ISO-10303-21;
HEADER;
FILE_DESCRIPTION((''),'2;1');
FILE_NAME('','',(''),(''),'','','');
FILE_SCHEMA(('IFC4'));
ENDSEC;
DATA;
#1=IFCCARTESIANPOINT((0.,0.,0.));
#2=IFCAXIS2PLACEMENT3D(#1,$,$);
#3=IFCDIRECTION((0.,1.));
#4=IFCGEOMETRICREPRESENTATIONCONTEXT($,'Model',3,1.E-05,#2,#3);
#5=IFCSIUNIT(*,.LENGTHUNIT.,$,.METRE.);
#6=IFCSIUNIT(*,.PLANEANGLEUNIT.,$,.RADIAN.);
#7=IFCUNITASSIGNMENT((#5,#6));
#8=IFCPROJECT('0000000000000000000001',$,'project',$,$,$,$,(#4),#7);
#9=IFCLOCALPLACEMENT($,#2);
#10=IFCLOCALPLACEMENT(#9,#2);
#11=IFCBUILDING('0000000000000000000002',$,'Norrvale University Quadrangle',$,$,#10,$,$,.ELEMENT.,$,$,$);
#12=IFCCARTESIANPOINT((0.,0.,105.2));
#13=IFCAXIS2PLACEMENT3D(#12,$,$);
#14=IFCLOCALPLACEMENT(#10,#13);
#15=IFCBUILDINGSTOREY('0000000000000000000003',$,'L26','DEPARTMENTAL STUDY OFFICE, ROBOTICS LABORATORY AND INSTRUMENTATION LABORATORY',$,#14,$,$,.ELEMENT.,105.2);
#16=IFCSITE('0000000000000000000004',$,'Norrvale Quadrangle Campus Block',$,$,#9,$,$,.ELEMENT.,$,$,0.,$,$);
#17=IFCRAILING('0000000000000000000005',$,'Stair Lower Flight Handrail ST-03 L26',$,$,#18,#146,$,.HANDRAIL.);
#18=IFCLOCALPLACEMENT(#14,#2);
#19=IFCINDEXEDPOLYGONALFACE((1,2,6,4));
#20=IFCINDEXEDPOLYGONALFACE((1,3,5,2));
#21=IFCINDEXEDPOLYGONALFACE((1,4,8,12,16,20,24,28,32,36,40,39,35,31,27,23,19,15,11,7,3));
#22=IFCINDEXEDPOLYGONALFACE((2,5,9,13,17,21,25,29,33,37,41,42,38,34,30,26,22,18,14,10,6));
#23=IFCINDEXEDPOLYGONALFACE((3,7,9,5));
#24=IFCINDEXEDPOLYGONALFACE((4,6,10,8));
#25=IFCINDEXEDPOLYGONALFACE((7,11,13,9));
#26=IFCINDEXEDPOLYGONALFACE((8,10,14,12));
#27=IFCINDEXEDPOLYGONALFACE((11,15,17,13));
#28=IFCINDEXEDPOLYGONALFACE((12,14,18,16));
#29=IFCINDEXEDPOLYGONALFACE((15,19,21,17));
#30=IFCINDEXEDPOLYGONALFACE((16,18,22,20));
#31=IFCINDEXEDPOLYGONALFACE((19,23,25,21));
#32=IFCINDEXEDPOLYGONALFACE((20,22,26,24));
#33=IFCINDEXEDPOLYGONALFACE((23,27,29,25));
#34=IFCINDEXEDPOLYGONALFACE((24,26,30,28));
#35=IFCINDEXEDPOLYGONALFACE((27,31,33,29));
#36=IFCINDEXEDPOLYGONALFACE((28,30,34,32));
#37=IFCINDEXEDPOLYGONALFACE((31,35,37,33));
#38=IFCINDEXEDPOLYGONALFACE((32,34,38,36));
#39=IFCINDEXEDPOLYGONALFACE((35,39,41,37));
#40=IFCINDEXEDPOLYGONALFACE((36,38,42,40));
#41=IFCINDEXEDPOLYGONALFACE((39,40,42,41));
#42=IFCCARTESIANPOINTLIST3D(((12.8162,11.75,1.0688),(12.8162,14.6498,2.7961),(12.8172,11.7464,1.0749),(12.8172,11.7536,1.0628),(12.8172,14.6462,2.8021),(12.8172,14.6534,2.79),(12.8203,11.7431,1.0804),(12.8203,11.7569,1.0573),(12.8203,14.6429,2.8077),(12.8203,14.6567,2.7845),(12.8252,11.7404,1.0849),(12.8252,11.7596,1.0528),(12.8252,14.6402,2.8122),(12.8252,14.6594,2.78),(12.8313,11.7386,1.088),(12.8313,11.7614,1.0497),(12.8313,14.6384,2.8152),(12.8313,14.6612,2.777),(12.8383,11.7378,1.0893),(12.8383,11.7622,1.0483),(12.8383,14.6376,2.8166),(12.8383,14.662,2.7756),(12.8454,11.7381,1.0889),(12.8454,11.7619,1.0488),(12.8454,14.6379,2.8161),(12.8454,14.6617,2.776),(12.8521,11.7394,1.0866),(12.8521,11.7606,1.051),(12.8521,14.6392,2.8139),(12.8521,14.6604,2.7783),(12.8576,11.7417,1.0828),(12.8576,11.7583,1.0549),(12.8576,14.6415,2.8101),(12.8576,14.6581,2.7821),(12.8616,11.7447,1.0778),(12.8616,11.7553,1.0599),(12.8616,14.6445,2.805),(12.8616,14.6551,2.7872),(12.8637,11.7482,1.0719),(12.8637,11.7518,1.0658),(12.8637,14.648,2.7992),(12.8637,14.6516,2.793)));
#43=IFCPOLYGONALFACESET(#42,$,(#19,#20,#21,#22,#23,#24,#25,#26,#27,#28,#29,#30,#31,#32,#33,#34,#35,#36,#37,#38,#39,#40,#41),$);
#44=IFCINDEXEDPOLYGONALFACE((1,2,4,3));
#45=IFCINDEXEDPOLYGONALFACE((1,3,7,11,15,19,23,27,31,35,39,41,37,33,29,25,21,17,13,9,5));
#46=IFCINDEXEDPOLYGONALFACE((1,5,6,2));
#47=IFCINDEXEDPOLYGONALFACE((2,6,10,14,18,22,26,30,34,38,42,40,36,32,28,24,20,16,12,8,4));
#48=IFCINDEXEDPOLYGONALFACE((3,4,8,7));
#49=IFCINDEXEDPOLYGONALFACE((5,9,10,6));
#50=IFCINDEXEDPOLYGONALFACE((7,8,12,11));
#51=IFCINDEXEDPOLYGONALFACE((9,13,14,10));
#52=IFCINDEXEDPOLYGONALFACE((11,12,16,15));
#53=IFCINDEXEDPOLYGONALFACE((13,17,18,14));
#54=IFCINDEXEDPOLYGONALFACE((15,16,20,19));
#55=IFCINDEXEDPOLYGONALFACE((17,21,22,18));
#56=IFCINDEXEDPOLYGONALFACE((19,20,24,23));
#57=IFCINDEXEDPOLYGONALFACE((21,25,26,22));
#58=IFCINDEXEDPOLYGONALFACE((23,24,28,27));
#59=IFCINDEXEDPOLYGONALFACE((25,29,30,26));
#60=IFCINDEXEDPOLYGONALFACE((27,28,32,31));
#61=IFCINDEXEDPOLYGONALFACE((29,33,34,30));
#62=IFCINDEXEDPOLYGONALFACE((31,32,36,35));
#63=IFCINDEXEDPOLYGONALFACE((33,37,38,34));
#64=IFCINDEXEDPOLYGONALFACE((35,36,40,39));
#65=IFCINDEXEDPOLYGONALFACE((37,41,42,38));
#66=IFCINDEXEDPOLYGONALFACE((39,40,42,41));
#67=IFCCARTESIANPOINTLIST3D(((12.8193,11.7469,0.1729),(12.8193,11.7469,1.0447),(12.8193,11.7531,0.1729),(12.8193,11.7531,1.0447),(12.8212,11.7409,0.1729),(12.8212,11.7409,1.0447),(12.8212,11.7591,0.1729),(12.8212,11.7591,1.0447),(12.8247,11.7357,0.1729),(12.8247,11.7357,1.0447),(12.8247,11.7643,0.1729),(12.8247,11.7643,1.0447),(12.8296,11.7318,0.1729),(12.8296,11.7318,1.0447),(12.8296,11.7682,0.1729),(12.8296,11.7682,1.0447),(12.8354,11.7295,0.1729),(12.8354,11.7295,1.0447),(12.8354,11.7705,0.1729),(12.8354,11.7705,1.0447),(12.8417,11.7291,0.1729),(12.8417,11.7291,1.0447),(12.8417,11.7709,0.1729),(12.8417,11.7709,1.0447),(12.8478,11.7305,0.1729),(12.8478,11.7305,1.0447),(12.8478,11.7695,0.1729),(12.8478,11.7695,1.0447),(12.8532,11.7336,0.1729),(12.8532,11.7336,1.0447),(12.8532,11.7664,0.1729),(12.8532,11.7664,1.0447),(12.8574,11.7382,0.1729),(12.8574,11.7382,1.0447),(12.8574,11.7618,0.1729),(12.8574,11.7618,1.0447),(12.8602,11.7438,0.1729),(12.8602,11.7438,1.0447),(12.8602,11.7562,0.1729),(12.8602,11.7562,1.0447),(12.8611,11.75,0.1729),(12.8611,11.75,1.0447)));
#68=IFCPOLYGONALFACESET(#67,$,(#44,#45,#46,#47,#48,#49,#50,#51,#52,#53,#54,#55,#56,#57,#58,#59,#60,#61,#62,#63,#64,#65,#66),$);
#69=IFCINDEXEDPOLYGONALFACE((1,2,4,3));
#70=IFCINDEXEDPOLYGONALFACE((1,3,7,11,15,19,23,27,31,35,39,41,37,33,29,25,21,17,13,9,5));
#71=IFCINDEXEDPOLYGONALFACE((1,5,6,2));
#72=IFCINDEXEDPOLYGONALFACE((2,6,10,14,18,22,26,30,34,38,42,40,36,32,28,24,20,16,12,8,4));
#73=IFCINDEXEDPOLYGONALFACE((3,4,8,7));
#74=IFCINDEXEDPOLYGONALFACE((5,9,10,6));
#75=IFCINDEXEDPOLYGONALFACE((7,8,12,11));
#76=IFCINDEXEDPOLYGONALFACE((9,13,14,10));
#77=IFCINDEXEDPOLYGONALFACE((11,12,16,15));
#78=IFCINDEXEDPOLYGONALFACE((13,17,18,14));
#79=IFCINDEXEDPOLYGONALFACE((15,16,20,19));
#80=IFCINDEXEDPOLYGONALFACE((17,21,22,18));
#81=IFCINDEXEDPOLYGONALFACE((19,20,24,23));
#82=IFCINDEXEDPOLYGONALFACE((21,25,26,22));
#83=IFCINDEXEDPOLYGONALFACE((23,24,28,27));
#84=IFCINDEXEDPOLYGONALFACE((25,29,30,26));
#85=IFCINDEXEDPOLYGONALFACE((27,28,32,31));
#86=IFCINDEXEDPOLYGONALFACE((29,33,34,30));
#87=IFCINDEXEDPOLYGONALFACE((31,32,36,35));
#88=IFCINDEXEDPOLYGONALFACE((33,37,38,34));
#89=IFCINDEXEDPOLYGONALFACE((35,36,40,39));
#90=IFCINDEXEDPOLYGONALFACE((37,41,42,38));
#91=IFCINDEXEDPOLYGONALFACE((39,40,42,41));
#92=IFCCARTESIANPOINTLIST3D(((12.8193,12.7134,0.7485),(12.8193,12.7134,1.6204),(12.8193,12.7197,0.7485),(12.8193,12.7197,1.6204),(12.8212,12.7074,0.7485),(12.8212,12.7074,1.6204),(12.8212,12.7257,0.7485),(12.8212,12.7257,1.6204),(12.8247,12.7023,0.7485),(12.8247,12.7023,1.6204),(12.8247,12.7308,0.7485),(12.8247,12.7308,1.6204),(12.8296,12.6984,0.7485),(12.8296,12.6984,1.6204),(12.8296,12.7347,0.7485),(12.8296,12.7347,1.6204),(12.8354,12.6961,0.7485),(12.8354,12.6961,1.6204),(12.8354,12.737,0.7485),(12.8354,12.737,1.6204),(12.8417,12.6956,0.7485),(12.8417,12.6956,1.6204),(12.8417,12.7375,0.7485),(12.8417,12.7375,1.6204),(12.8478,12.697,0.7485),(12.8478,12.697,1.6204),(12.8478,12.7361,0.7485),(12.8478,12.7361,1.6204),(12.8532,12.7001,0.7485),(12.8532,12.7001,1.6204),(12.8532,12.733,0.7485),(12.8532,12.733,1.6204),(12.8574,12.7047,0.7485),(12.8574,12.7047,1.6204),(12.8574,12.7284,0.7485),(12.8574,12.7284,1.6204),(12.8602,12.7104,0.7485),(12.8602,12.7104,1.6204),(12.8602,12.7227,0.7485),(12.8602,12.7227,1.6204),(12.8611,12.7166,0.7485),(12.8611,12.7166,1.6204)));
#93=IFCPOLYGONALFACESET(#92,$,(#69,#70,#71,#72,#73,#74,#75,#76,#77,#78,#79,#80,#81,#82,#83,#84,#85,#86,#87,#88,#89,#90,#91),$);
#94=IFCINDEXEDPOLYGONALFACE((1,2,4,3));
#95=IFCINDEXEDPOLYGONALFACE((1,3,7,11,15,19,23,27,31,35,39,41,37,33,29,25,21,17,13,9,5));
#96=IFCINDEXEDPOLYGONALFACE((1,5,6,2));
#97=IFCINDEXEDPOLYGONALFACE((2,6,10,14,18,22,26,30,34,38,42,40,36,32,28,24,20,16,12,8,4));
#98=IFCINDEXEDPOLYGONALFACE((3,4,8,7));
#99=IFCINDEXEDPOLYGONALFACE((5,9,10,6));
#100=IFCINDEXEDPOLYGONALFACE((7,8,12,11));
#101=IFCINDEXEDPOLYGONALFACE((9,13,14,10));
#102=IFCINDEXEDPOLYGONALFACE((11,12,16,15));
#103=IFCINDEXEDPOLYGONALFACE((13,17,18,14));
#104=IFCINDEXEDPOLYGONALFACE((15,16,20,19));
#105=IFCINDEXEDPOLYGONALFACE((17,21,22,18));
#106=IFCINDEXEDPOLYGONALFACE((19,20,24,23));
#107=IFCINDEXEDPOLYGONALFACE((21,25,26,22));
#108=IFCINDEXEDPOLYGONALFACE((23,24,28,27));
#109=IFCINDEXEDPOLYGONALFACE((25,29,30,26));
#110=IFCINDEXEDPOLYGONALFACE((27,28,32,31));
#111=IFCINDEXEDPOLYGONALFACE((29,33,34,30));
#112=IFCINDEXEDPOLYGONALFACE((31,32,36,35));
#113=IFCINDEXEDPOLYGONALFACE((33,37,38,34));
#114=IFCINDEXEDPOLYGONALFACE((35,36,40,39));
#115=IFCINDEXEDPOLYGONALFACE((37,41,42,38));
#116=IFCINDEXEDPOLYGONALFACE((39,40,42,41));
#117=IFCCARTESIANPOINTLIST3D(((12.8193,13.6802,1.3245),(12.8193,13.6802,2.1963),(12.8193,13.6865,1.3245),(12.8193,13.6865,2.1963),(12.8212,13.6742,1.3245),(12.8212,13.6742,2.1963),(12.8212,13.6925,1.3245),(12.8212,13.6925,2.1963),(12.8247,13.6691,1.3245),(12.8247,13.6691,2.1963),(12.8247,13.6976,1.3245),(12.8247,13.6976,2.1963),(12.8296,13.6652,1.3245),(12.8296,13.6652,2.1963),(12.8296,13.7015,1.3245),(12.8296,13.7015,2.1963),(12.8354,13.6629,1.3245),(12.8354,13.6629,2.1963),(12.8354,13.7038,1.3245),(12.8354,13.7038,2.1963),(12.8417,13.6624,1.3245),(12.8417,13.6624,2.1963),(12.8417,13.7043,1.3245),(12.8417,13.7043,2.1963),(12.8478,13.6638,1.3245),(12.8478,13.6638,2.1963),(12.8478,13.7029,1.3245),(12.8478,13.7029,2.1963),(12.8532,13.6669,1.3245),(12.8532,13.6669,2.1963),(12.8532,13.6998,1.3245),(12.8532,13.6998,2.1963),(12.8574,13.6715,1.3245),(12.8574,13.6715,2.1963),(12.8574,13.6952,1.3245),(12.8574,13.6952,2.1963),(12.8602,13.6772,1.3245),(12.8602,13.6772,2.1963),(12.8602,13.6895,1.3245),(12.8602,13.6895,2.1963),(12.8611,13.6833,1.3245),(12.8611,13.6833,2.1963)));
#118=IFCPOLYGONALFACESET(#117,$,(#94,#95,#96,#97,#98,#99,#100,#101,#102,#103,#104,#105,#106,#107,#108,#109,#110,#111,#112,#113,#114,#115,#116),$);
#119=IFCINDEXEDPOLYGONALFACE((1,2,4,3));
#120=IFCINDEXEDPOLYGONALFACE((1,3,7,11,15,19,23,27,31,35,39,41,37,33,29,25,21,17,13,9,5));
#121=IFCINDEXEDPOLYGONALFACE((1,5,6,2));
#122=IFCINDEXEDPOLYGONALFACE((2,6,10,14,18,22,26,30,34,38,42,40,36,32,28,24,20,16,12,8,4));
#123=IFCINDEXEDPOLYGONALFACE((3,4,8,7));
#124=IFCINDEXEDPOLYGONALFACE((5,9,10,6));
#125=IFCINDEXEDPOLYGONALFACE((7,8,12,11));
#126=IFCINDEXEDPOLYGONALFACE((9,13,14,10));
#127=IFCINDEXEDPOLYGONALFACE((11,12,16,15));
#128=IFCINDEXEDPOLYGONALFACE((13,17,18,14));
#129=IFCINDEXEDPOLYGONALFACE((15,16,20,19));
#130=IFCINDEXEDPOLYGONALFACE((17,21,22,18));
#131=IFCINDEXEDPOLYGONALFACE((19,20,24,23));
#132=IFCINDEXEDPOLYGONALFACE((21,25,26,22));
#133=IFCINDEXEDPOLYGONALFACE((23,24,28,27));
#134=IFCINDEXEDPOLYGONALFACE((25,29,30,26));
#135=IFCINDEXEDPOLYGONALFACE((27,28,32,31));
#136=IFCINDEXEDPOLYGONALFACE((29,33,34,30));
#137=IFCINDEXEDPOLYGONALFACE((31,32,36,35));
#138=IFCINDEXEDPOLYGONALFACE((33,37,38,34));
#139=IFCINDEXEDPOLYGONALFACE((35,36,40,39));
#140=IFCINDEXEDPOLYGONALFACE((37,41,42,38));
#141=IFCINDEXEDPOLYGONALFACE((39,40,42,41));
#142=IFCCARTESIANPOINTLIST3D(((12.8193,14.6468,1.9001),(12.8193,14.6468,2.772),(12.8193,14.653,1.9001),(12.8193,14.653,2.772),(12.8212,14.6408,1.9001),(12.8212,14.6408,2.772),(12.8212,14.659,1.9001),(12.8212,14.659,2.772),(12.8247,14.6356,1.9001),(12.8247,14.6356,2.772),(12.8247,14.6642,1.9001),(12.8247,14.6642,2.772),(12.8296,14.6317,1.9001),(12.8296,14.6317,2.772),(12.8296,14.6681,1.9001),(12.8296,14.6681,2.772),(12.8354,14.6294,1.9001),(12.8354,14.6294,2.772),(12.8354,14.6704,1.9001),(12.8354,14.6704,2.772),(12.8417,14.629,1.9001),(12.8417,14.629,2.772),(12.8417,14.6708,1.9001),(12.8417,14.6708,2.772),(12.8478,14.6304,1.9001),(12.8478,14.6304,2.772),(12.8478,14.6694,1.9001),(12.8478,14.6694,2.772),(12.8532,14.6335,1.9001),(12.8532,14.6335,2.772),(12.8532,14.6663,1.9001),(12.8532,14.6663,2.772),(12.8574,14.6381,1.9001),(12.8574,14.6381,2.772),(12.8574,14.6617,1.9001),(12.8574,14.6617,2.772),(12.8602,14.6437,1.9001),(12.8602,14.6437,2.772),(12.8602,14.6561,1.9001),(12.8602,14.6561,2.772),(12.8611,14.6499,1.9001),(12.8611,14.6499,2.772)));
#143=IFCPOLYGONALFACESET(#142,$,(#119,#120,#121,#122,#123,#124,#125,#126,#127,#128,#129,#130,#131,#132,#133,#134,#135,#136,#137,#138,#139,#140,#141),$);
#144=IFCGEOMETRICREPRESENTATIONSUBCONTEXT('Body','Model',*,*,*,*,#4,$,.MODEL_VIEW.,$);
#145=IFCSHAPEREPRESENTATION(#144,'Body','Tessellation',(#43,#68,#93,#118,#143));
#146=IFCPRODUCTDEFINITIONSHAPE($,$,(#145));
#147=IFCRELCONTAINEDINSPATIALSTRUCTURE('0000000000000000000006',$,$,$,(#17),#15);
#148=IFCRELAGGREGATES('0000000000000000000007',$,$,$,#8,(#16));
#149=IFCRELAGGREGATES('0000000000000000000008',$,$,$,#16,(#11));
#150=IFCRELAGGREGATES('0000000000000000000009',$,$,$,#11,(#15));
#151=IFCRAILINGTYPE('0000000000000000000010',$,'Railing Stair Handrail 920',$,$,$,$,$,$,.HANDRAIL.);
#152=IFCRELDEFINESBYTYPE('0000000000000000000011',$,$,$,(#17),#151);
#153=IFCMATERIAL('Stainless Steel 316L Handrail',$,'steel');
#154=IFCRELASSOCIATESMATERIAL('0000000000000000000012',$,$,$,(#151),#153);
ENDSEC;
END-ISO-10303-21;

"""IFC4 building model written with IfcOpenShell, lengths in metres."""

from ifc_helpers import new_model, si_unit, direction, frame, origin, origin_2d, place, context, subcontext, project, spatial, circle, extrude, material, type_object, element, save


model = new_model("IFC4")

# Units and contexts
model_context = context("Model", 3, precision=1e-05, world=origin(), true_north=direction((0.0, 1.0)))
body_context = subcontext(model_context, "Body", "Model", "MODEL_VIEW")
ifc_project = project(units=[si_unit("LENGTHUNIT", "METRE"), si_unit("PLANEANGLEUNIT", "RADIAN")], contexts=[model_context])

# Site, building, storey
site_placement = place(None, origin())
site = spatial("IfcSite", under=ifc_project, at=site_placement, Name="Norrvale Quadrangle Campus Block", CompositionType="ELEMENT", RefElevation=0.0)
building_placement = place(site_placement, origin())
building = spatial("IfcBuilding", under=site, at=building_placement, Name="Norrvale University Quadrangle", CompositionType="ELEMENT")
storey_placement = place(building_placement, frame((0.0, 0.0, 105.2)))
storey = spatial("IfcBuildingStorey", under=building, at=storey_placement, Name="L26", Description="DEPARTMENTAL STUDY OFFICE, ROBOTICS LABORATORY AND INSTRUMENTATION LABORATORY", CompositionType="ELEMENT", Elevation=105.2)

# Railing
ifc_material_1 = material(Name="Stainless Steel 316L Handrail", Category="steel")
railing_type_1 = type_object("IfcRailingType", Name="Railing Stair Handrail 920", PredefinedType="HANDRAIL", material=ifc_material_1)
railing_1_placement = place(storey_placement, frame((12.8401, 11.75, 0.1729)))
element("IfcRailing", 1, at=railing_1_placement, inside=storey, type_object=railing_type_1, Name="Stair Lower Flight Handrail ST-03 L26", PredefinedType="HANDRAIL", context=body_context, shape_type="SweptSolid", body=[
    extrude(circle(Radius=0.0239, at=origin_2d()), frame((0.0, 0.0, 0.896), z_axis=(0.0, 0.859141, 0.511738), x_axis=(-1.0, 0.0, 0.0)), (0.0, 0.0, 1.0), 3.3752),
    extrude(circle(Radius=0.021, at=origin_2d()), origin(), (0.0, 0.0, 1.0), 0.8718),
    extrude(circle(Radius=0.021, at=origin_2d()), frame((0.0, 0.9666, 0.5757)), (0.0, 0.0, 1.0), 0.8718),
    extrude(circle(Radius=0.021, at=origin_2d()), frame((0.0, 1.9333, 1.1516)), (0.0, 0.0, 1.0), 0.8718),
    extrude(circle(Radius=0.021, at=origin_2d()), frame((0.0, 2.8999, 1.7273)), (0.0, 0.0, 1.0), 0.8718),
])

save(model, "model.ifc")
